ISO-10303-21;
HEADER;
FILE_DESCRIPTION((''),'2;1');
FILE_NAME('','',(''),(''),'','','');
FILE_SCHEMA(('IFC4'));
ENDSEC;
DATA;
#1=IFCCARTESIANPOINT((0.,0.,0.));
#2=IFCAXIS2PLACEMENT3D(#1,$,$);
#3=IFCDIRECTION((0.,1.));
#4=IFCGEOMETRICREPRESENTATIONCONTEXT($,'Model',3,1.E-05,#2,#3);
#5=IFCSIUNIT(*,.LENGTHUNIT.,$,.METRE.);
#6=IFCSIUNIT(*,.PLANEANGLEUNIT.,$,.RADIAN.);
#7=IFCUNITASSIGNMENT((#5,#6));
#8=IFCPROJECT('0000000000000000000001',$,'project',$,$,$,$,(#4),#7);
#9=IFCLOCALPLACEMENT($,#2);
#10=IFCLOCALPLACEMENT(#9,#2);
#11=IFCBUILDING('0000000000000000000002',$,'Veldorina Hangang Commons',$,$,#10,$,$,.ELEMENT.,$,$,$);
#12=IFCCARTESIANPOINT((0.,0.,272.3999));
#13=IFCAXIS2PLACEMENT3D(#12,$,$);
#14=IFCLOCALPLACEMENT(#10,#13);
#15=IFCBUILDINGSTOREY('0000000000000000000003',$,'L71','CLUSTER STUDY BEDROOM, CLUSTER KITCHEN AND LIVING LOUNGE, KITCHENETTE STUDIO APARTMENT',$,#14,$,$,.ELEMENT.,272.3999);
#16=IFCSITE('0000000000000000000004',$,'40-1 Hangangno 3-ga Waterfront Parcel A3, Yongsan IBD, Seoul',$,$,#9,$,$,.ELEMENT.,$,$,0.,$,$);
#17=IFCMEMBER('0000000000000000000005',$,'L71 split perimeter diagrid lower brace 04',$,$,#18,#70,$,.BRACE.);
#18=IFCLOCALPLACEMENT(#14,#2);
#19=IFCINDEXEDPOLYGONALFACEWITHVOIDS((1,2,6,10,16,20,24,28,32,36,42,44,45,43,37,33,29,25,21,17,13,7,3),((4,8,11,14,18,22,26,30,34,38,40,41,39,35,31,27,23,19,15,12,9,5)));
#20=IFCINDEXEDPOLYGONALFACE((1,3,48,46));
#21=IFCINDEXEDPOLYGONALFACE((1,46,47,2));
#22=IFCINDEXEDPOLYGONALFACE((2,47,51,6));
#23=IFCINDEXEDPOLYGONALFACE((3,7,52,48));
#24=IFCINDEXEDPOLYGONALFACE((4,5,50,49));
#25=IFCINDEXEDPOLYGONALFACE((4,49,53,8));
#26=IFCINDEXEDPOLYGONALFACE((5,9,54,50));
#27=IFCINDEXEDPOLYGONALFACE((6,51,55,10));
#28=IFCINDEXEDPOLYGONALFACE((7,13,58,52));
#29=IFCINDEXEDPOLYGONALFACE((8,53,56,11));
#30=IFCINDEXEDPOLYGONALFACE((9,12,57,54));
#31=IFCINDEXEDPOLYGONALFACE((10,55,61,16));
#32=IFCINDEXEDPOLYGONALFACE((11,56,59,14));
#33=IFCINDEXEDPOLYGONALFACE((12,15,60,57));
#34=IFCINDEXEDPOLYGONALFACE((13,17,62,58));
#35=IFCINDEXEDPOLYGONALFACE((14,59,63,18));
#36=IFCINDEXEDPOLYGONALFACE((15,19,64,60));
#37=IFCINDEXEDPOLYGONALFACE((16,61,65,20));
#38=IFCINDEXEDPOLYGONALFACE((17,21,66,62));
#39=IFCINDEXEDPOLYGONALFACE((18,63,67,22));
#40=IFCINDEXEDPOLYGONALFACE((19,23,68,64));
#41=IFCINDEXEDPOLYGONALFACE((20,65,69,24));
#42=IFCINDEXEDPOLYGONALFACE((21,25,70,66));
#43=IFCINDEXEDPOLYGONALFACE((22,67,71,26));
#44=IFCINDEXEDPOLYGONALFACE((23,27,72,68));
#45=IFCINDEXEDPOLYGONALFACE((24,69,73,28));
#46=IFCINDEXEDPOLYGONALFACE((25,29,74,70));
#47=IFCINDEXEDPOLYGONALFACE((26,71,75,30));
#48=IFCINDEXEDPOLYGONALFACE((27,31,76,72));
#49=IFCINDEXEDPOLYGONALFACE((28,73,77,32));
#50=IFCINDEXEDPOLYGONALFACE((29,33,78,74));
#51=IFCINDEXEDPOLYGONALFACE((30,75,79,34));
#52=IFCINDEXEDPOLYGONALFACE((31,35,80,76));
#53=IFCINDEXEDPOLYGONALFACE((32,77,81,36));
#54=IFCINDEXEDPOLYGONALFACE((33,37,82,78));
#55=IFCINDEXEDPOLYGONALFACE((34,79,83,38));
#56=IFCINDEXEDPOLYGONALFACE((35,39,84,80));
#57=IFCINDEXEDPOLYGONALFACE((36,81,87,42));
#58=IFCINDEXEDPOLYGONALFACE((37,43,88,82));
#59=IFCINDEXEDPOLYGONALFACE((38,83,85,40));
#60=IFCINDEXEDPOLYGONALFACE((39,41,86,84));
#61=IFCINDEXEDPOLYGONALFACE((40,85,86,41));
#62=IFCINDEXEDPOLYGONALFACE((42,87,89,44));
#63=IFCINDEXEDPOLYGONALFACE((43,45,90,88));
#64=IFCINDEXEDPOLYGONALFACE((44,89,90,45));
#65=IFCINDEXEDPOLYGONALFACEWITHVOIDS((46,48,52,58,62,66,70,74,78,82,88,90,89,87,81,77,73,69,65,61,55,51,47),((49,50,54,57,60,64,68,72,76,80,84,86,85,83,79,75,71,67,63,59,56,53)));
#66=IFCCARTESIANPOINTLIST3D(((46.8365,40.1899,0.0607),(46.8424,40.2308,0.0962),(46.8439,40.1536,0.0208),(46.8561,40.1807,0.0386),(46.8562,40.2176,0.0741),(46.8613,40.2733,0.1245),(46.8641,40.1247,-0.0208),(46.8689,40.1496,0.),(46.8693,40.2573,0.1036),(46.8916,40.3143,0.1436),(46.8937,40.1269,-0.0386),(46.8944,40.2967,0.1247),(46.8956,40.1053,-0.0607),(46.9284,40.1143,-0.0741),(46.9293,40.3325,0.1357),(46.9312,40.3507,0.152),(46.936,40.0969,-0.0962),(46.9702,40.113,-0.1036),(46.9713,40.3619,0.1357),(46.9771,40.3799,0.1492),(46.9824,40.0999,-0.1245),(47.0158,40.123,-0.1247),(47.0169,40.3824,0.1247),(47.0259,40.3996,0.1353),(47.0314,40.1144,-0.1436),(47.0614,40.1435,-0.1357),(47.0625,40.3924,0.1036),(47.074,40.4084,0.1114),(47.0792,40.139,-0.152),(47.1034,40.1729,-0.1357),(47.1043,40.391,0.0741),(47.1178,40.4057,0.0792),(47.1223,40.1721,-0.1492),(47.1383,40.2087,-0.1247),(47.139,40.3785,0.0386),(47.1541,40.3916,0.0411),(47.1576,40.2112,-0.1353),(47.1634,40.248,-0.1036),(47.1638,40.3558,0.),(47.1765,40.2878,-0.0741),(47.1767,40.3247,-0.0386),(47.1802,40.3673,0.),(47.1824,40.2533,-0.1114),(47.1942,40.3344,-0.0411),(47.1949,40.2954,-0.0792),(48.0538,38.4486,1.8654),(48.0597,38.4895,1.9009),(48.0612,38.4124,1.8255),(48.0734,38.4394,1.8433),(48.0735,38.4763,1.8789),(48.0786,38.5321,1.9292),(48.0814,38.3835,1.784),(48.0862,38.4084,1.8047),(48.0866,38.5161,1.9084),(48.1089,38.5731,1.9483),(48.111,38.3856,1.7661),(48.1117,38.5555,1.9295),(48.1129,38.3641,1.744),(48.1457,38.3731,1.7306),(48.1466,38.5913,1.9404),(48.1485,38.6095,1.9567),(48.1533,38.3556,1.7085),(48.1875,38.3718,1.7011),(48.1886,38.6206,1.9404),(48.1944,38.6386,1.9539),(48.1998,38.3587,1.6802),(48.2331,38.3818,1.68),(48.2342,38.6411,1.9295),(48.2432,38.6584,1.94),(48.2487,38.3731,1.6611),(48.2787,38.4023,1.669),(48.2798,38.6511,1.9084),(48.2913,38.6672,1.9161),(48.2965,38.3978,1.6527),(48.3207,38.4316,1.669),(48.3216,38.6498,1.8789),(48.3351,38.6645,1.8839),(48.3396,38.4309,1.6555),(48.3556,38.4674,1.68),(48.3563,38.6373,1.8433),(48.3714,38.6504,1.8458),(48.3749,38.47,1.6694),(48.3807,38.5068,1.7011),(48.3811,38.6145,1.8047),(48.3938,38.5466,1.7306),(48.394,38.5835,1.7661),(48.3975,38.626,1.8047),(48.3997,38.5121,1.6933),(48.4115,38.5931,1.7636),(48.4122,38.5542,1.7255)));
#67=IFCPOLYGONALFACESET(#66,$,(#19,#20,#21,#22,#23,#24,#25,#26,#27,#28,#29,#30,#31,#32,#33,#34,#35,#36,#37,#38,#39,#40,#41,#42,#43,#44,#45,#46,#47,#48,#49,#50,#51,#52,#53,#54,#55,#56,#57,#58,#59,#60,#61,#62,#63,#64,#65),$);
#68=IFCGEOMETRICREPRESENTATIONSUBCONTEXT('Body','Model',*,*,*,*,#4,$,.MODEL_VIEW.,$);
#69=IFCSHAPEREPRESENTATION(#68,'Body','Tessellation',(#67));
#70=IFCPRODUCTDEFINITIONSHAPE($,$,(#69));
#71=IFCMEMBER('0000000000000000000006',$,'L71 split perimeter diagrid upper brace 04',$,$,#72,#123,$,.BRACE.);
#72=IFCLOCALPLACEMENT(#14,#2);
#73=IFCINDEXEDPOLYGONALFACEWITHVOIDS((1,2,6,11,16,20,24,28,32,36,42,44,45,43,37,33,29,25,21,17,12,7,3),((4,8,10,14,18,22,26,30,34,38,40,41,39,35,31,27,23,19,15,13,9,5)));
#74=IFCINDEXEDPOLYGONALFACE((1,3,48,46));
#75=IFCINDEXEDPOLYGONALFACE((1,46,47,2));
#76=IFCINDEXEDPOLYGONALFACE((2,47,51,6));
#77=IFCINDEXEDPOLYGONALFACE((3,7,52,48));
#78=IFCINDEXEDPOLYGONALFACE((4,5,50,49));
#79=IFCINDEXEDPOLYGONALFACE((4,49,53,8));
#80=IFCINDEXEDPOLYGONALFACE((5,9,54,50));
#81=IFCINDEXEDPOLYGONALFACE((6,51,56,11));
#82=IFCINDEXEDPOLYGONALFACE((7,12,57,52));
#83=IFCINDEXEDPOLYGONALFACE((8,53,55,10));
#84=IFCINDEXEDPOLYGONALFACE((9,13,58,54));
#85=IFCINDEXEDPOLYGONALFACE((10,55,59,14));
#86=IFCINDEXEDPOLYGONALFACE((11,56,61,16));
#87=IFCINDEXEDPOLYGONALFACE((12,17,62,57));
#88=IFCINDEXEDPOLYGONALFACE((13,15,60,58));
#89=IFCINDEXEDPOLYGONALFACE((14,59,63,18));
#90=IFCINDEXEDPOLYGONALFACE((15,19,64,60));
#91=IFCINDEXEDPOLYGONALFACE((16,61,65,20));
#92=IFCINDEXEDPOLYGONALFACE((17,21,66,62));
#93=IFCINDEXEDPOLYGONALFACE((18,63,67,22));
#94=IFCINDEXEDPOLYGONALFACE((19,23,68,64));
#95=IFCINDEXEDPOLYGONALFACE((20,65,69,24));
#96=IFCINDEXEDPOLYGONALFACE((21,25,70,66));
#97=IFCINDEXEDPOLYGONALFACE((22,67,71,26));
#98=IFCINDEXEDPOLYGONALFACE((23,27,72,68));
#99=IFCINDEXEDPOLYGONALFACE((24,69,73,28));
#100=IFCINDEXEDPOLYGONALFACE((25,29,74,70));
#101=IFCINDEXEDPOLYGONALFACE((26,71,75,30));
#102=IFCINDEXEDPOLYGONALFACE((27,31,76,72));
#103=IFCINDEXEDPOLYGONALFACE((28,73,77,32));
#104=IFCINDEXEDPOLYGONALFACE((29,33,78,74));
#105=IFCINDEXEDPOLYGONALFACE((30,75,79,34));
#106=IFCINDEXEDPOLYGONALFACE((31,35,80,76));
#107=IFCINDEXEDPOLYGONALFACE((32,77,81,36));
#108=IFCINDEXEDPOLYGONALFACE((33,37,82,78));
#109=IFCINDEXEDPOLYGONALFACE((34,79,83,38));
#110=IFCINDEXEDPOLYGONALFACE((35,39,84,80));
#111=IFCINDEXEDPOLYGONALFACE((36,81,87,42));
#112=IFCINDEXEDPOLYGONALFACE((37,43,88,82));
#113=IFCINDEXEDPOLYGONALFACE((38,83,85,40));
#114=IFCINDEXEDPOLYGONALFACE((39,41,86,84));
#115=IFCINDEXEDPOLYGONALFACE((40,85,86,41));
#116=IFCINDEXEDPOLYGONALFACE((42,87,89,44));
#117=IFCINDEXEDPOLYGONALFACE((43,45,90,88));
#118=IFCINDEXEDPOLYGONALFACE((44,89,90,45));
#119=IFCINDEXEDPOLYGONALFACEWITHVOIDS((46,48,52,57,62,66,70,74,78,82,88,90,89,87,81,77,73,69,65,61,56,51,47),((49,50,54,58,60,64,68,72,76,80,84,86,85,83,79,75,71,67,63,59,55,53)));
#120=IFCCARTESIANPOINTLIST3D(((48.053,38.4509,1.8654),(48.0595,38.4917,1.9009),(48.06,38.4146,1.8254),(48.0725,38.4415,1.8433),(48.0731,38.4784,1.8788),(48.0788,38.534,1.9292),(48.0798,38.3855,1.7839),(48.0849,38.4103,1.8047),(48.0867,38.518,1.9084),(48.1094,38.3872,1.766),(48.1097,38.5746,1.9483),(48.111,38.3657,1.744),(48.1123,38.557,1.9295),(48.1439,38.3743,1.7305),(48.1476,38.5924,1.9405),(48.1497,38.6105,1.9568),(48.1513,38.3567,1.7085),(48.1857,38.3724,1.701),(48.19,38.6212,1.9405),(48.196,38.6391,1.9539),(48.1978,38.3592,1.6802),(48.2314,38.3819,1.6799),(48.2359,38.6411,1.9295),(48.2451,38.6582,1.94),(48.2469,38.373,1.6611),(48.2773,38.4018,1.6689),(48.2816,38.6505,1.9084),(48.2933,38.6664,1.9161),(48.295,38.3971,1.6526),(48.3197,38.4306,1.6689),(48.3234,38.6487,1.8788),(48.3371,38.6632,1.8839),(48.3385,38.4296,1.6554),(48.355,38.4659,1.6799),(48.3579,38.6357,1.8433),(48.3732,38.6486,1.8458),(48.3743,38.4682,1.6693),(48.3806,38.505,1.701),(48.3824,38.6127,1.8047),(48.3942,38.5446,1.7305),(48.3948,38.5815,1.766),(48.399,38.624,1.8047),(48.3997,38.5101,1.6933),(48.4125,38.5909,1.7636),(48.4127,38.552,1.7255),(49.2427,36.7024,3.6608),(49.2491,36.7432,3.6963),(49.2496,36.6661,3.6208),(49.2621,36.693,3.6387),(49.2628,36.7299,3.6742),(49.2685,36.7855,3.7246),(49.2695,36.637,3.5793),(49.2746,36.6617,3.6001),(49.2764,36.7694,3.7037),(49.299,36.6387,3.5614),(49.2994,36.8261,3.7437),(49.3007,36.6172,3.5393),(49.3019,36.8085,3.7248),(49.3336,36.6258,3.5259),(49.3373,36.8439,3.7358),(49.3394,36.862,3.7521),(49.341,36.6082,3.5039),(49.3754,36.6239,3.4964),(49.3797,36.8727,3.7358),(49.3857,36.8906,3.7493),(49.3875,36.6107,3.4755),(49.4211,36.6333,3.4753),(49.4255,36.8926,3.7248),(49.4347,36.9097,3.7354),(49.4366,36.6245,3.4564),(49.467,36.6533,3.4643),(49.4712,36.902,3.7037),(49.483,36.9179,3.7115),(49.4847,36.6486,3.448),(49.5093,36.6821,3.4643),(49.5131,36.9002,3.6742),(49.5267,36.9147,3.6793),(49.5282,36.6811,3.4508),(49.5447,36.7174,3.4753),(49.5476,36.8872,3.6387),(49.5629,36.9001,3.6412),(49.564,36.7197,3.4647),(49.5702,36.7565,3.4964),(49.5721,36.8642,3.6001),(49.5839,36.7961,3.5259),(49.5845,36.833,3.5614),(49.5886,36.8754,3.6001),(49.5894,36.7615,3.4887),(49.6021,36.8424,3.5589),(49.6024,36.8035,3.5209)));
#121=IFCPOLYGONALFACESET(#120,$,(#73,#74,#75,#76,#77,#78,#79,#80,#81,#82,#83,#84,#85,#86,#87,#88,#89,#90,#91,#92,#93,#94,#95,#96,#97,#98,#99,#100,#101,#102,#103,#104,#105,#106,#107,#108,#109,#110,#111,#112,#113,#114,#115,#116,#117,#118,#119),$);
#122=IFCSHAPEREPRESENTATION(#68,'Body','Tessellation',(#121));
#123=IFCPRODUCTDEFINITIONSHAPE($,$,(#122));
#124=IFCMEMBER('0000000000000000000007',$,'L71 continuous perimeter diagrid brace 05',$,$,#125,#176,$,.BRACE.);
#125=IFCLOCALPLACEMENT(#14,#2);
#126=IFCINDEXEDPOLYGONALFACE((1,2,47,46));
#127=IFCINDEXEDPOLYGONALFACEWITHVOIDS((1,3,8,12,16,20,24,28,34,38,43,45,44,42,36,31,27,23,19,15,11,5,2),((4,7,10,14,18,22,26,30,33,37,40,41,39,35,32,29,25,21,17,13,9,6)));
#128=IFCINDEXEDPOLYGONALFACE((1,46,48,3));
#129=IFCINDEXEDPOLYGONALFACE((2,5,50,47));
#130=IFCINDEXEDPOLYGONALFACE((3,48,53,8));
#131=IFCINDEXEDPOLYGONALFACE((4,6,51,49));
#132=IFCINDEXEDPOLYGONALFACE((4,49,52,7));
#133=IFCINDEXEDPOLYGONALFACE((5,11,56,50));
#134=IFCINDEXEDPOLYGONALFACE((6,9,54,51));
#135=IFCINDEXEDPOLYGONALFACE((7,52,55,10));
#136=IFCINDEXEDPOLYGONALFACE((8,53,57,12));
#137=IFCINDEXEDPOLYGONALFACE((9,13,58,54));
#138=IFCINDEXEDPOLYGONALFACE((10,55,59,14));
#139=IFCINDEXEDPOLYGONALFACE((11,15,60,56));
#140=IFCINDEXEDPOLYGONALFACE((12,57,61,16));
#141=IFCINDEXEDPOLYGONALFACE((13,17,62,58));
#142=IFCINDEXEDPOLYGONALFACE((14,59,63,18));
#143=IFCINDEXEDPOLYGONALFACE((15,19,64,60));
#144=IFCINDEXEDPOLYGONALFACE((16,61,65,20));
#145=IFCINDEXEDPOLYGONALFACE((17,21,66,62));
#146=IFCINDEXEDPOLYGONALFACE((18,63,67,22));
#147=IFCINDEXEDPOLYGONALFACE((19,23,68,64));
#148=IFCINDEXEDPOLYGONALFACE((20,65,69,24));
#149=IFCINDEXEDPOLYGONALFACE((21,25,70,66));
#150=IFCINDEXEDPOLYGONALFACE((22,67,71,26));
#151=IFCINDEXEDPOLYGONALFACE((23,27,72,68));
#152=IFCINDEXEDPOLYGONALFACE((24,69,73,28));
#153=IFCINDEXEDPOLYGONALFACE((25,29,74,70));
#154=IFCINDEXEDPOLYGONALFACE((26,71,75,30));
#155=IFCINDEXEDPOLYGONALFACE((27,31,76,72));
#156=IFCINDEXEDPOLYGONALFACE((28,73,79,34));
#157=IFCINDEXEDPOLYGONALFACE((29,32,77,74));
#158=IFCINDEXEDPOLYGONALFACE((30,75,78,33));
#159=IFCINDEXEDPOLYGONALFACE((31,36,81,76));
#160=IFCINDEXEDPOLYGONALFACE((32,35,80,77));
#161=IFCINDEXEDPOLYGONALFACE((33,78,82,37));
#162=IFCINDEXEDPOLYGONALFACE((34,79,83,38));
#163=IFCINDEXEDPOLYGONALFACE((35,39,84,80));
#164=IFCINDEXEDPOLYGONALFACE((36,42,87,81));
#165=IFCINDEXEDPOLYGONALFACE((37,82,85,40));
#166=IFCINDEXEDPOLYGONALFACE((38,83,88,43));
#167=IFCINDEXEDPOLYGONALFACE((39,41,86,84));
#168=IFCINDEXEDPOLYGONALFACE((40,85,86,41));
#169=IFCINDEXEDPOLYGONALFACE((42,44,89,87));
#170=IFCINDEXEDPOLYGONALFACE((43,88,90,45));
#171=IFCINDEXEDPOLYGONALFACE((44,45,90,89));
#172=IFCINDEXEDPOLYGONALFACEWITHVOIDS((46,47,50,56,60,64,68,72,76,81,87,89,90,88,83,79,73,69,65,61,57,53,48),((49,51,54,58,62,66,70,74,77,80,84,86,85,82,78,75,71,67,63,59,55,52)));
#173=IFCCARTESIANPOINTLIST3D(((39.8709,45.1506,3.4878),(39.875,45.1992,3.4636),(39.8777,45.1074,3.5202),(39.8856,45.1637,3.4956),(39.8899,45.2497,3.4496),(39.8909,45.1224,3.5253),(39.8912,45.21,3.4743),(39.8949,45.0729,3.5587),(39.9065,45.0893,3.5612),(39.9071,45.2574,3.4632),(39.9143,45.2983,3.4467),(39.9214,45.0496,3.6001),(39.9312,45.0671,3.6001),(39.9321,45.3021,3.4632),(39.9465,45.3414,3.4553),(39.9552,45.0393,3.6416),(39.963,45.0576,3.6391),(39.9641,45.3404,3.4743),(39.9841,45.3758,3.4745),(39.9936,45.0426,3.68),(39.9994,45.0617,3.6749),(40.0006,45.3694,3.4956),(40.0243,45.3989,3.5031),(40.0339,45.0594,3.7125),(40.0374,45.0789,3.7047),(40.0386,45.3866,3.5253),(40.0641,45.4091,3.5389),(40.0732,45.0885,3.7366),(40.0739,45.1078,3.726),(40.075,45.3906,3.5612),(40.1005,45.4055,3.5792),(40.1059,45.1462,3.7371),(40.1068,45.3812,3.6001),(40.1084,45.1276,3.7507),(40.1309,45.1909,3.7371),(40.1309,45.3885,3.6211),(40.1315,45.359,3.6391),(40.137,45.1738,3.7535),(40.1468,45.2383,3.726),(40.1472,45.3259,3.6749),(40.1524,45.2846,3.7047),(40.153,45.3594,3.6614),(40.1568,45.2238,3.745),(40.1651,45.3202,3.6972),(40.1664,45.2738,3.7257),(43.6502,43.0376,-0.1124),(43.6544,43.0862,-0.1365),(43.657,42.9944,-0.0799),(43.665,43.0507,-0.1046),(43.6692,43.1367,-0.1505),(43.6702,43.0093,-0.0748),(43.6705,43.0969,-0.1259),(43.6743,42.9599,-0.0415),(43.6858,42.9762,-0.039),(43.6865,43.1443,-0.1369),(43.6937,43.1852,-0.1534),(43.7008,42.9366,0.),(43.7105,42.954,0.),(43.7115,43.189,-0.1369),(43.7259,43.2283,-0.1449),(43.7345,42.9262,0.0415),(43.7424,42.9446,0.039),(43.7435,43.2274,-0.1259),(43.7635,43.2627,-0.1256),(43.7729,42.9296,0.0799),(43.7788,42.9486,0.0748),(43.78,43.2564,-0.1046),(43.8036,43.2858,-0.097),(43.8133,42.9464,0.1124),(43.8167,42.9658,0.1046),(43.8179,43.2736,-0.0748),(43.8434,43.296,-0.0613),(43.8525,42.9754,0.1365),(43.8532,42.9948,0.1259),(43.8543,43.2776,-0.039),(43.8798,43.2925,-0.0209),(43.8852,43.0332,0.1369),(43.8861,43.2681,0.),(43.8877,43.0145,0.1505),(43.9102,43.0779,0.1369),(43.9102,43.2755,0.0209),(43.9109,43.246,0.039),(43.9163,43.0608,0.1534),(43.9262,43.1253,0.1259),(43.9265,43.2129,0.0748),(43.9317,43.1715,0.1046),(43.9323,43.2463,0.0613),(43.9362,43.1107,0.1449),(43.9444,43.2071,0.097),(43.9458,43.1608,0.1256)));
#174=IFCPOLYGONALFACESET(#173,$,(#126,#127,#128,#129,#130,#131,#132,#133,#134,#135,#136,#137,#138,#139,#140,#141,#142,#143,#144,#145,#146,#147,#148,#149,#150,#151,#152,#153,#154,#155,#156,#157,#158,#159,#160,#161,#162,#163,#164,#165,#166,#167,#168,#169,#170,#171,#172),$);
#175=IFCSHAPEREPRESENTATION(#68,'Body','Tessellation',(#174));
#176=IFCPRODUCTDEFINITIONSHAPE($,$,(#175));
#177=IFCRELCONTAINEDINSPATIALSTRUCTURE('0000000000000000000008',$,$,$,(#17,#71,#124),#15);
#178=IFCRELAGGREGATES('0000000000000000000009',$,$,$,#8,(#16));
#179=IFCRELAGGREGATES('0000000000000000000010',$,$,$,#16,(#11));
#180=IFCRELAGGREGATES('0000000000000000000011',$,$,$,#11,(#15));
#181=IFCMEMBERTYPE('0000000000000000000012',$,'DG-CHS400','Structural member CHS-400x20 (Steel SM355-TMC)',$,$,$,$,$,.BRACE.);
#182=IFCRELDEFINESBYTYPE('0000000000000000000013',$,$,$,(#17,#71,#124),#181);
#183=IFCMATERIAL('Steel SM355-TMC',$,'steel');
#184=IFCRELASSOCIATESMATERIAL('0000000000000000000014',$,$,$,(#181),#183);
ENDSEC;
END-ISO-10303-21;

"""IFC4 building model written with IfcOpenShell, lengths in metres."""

from ifc_helpers import new_model, si_unit, direction, frame, origin, origin_2d, place, context, subcontext, project, spatial, hollow_circle, extrude, material, material_profile, profile_set, type_object, element, save


model = new_model("IFC4")

# Units and contexts
model_context = context("Model", 3, precision=1e-05, world=origin(), true_north=direction((0.0, 1.0)))
body_context = subcontext(model_context, "Body", "Model", "MODEL_VIEW")
ifc_project = project(units=[si_unit("LENGTHUNIT", "METRE"), si_unit("PLANEANGLEUNIT", "RADIAN")], contexts=[model_context])

# Site, building, storey
site_placement = place(None, origin())
site = spatial("IfcSite", under=ifc_project, at=site_placement, Name="40-1 Hangangno 3-ga Waterfront Parcel A3, Yongsan IBD, Seoul", CompositionType="ELEMENT", RefElevation=0.0)
building_placement = place(site_placement, origin())
building = spatial("IfcBuilding", under=site, at=building_placement, Name="Veldorina Hangang Commons", CompositionType="ELEMENT")
storey_placement = place(building_placement, frame((0.0, 0.0, 272.3999)))
storey = spatial("IfcBuildingStorey", under=building, at=storey_placement, Name="L71", Description="CLUSTER STUDY BEDROOM, CLUSTER KITCHEN AND LIVING LOUNGE, KITCHENETTE STUDIO APARTMENT", CompositionType="ELEMENT", Elevation=272.3999)

# Shared definitions
ifc_material_1 = material(Name="Steel SM355-TMC", Category="steel")

# Members
ifc_material_profile_1 = material_profile(ifc_material_1, hollow_circle(Radius=0.2, WallThickness=0.02, at=origin_2d()), Name="CHS-400x20")
ifc_profile_set_1 = profile_set([ifc_material_profile_1], Name="Steel SM355-TMC")
member_type_1 = type_object("IfcMemberType", Name="DG-CHS400", Description="Structural member CHS-400x20 (Steel SM355-TMC)", PredefinedType="BRACE", material=ifc_profile_set_1)
member_1_placement = place(storey_placement, frame((47.0164, 40.2527, 0.0), z_axis=(0.436685, -0.624636, 0.647407), x_axis=(0.819577, 0.572969, 0.0)))
element("IfcMember", 1, at=member_1_placement, inside=storey, type_object=member_type_1, Name="L71 split perimeter diagrid lower brace 04", PredefinedType="BRACE", context=body_context, shape_type="SweptSolid", body=[
    extrude(hollow_circle(Radius=0.2, WallThickness=0.02, at=origin_2d()), origin(), (0.0, 0.0, 1.0), 2.7876),
])
member_2_placement = place(storey_placement, frame((48.2336, 38.5115, 1.8047), z_axis=(0.428842, -0.630282, 0.647178), x_axis=(0.826774, 0.562534, 0.0)))
element("IfcMember", 2, at=member_2_placement, inside=storey, type_object=member_type_1, Name="L71 split perimeter diagrid upper brace 04", PredefinedType="BRACE", context=body_context, shape_type="SweptSolid", body=[
    extrude(hollow_circle(Radius=0.2, WallThickness=0.02, at=origin_2d()), origin(), (0.0, 0.0, 1.0), 2.7742),
])
member_3_placement = place(storey_placement, frame((43.7983, 43.1111, 0.0), z_axis=(-0.671153, 0.375248, 0.63933), x_axis=(-0.488011, -0.872838, 0.0)))
element("IfcMember", 3, at=member_3_placement, inside=storey, type_object=member_type_1, Name="L71 continuous perimeter diagrid brace 05", PredefinedType="BRACE", context=body_context, shape_type="SweptSolid", body=[
    extrude(hollow_circle(Radius=0.2, WallThickness=0.02, at=origin_2d()), origin(), (0.0, 0.0, 1.0), 5.6311),
])

save(model, "model.ifc")
